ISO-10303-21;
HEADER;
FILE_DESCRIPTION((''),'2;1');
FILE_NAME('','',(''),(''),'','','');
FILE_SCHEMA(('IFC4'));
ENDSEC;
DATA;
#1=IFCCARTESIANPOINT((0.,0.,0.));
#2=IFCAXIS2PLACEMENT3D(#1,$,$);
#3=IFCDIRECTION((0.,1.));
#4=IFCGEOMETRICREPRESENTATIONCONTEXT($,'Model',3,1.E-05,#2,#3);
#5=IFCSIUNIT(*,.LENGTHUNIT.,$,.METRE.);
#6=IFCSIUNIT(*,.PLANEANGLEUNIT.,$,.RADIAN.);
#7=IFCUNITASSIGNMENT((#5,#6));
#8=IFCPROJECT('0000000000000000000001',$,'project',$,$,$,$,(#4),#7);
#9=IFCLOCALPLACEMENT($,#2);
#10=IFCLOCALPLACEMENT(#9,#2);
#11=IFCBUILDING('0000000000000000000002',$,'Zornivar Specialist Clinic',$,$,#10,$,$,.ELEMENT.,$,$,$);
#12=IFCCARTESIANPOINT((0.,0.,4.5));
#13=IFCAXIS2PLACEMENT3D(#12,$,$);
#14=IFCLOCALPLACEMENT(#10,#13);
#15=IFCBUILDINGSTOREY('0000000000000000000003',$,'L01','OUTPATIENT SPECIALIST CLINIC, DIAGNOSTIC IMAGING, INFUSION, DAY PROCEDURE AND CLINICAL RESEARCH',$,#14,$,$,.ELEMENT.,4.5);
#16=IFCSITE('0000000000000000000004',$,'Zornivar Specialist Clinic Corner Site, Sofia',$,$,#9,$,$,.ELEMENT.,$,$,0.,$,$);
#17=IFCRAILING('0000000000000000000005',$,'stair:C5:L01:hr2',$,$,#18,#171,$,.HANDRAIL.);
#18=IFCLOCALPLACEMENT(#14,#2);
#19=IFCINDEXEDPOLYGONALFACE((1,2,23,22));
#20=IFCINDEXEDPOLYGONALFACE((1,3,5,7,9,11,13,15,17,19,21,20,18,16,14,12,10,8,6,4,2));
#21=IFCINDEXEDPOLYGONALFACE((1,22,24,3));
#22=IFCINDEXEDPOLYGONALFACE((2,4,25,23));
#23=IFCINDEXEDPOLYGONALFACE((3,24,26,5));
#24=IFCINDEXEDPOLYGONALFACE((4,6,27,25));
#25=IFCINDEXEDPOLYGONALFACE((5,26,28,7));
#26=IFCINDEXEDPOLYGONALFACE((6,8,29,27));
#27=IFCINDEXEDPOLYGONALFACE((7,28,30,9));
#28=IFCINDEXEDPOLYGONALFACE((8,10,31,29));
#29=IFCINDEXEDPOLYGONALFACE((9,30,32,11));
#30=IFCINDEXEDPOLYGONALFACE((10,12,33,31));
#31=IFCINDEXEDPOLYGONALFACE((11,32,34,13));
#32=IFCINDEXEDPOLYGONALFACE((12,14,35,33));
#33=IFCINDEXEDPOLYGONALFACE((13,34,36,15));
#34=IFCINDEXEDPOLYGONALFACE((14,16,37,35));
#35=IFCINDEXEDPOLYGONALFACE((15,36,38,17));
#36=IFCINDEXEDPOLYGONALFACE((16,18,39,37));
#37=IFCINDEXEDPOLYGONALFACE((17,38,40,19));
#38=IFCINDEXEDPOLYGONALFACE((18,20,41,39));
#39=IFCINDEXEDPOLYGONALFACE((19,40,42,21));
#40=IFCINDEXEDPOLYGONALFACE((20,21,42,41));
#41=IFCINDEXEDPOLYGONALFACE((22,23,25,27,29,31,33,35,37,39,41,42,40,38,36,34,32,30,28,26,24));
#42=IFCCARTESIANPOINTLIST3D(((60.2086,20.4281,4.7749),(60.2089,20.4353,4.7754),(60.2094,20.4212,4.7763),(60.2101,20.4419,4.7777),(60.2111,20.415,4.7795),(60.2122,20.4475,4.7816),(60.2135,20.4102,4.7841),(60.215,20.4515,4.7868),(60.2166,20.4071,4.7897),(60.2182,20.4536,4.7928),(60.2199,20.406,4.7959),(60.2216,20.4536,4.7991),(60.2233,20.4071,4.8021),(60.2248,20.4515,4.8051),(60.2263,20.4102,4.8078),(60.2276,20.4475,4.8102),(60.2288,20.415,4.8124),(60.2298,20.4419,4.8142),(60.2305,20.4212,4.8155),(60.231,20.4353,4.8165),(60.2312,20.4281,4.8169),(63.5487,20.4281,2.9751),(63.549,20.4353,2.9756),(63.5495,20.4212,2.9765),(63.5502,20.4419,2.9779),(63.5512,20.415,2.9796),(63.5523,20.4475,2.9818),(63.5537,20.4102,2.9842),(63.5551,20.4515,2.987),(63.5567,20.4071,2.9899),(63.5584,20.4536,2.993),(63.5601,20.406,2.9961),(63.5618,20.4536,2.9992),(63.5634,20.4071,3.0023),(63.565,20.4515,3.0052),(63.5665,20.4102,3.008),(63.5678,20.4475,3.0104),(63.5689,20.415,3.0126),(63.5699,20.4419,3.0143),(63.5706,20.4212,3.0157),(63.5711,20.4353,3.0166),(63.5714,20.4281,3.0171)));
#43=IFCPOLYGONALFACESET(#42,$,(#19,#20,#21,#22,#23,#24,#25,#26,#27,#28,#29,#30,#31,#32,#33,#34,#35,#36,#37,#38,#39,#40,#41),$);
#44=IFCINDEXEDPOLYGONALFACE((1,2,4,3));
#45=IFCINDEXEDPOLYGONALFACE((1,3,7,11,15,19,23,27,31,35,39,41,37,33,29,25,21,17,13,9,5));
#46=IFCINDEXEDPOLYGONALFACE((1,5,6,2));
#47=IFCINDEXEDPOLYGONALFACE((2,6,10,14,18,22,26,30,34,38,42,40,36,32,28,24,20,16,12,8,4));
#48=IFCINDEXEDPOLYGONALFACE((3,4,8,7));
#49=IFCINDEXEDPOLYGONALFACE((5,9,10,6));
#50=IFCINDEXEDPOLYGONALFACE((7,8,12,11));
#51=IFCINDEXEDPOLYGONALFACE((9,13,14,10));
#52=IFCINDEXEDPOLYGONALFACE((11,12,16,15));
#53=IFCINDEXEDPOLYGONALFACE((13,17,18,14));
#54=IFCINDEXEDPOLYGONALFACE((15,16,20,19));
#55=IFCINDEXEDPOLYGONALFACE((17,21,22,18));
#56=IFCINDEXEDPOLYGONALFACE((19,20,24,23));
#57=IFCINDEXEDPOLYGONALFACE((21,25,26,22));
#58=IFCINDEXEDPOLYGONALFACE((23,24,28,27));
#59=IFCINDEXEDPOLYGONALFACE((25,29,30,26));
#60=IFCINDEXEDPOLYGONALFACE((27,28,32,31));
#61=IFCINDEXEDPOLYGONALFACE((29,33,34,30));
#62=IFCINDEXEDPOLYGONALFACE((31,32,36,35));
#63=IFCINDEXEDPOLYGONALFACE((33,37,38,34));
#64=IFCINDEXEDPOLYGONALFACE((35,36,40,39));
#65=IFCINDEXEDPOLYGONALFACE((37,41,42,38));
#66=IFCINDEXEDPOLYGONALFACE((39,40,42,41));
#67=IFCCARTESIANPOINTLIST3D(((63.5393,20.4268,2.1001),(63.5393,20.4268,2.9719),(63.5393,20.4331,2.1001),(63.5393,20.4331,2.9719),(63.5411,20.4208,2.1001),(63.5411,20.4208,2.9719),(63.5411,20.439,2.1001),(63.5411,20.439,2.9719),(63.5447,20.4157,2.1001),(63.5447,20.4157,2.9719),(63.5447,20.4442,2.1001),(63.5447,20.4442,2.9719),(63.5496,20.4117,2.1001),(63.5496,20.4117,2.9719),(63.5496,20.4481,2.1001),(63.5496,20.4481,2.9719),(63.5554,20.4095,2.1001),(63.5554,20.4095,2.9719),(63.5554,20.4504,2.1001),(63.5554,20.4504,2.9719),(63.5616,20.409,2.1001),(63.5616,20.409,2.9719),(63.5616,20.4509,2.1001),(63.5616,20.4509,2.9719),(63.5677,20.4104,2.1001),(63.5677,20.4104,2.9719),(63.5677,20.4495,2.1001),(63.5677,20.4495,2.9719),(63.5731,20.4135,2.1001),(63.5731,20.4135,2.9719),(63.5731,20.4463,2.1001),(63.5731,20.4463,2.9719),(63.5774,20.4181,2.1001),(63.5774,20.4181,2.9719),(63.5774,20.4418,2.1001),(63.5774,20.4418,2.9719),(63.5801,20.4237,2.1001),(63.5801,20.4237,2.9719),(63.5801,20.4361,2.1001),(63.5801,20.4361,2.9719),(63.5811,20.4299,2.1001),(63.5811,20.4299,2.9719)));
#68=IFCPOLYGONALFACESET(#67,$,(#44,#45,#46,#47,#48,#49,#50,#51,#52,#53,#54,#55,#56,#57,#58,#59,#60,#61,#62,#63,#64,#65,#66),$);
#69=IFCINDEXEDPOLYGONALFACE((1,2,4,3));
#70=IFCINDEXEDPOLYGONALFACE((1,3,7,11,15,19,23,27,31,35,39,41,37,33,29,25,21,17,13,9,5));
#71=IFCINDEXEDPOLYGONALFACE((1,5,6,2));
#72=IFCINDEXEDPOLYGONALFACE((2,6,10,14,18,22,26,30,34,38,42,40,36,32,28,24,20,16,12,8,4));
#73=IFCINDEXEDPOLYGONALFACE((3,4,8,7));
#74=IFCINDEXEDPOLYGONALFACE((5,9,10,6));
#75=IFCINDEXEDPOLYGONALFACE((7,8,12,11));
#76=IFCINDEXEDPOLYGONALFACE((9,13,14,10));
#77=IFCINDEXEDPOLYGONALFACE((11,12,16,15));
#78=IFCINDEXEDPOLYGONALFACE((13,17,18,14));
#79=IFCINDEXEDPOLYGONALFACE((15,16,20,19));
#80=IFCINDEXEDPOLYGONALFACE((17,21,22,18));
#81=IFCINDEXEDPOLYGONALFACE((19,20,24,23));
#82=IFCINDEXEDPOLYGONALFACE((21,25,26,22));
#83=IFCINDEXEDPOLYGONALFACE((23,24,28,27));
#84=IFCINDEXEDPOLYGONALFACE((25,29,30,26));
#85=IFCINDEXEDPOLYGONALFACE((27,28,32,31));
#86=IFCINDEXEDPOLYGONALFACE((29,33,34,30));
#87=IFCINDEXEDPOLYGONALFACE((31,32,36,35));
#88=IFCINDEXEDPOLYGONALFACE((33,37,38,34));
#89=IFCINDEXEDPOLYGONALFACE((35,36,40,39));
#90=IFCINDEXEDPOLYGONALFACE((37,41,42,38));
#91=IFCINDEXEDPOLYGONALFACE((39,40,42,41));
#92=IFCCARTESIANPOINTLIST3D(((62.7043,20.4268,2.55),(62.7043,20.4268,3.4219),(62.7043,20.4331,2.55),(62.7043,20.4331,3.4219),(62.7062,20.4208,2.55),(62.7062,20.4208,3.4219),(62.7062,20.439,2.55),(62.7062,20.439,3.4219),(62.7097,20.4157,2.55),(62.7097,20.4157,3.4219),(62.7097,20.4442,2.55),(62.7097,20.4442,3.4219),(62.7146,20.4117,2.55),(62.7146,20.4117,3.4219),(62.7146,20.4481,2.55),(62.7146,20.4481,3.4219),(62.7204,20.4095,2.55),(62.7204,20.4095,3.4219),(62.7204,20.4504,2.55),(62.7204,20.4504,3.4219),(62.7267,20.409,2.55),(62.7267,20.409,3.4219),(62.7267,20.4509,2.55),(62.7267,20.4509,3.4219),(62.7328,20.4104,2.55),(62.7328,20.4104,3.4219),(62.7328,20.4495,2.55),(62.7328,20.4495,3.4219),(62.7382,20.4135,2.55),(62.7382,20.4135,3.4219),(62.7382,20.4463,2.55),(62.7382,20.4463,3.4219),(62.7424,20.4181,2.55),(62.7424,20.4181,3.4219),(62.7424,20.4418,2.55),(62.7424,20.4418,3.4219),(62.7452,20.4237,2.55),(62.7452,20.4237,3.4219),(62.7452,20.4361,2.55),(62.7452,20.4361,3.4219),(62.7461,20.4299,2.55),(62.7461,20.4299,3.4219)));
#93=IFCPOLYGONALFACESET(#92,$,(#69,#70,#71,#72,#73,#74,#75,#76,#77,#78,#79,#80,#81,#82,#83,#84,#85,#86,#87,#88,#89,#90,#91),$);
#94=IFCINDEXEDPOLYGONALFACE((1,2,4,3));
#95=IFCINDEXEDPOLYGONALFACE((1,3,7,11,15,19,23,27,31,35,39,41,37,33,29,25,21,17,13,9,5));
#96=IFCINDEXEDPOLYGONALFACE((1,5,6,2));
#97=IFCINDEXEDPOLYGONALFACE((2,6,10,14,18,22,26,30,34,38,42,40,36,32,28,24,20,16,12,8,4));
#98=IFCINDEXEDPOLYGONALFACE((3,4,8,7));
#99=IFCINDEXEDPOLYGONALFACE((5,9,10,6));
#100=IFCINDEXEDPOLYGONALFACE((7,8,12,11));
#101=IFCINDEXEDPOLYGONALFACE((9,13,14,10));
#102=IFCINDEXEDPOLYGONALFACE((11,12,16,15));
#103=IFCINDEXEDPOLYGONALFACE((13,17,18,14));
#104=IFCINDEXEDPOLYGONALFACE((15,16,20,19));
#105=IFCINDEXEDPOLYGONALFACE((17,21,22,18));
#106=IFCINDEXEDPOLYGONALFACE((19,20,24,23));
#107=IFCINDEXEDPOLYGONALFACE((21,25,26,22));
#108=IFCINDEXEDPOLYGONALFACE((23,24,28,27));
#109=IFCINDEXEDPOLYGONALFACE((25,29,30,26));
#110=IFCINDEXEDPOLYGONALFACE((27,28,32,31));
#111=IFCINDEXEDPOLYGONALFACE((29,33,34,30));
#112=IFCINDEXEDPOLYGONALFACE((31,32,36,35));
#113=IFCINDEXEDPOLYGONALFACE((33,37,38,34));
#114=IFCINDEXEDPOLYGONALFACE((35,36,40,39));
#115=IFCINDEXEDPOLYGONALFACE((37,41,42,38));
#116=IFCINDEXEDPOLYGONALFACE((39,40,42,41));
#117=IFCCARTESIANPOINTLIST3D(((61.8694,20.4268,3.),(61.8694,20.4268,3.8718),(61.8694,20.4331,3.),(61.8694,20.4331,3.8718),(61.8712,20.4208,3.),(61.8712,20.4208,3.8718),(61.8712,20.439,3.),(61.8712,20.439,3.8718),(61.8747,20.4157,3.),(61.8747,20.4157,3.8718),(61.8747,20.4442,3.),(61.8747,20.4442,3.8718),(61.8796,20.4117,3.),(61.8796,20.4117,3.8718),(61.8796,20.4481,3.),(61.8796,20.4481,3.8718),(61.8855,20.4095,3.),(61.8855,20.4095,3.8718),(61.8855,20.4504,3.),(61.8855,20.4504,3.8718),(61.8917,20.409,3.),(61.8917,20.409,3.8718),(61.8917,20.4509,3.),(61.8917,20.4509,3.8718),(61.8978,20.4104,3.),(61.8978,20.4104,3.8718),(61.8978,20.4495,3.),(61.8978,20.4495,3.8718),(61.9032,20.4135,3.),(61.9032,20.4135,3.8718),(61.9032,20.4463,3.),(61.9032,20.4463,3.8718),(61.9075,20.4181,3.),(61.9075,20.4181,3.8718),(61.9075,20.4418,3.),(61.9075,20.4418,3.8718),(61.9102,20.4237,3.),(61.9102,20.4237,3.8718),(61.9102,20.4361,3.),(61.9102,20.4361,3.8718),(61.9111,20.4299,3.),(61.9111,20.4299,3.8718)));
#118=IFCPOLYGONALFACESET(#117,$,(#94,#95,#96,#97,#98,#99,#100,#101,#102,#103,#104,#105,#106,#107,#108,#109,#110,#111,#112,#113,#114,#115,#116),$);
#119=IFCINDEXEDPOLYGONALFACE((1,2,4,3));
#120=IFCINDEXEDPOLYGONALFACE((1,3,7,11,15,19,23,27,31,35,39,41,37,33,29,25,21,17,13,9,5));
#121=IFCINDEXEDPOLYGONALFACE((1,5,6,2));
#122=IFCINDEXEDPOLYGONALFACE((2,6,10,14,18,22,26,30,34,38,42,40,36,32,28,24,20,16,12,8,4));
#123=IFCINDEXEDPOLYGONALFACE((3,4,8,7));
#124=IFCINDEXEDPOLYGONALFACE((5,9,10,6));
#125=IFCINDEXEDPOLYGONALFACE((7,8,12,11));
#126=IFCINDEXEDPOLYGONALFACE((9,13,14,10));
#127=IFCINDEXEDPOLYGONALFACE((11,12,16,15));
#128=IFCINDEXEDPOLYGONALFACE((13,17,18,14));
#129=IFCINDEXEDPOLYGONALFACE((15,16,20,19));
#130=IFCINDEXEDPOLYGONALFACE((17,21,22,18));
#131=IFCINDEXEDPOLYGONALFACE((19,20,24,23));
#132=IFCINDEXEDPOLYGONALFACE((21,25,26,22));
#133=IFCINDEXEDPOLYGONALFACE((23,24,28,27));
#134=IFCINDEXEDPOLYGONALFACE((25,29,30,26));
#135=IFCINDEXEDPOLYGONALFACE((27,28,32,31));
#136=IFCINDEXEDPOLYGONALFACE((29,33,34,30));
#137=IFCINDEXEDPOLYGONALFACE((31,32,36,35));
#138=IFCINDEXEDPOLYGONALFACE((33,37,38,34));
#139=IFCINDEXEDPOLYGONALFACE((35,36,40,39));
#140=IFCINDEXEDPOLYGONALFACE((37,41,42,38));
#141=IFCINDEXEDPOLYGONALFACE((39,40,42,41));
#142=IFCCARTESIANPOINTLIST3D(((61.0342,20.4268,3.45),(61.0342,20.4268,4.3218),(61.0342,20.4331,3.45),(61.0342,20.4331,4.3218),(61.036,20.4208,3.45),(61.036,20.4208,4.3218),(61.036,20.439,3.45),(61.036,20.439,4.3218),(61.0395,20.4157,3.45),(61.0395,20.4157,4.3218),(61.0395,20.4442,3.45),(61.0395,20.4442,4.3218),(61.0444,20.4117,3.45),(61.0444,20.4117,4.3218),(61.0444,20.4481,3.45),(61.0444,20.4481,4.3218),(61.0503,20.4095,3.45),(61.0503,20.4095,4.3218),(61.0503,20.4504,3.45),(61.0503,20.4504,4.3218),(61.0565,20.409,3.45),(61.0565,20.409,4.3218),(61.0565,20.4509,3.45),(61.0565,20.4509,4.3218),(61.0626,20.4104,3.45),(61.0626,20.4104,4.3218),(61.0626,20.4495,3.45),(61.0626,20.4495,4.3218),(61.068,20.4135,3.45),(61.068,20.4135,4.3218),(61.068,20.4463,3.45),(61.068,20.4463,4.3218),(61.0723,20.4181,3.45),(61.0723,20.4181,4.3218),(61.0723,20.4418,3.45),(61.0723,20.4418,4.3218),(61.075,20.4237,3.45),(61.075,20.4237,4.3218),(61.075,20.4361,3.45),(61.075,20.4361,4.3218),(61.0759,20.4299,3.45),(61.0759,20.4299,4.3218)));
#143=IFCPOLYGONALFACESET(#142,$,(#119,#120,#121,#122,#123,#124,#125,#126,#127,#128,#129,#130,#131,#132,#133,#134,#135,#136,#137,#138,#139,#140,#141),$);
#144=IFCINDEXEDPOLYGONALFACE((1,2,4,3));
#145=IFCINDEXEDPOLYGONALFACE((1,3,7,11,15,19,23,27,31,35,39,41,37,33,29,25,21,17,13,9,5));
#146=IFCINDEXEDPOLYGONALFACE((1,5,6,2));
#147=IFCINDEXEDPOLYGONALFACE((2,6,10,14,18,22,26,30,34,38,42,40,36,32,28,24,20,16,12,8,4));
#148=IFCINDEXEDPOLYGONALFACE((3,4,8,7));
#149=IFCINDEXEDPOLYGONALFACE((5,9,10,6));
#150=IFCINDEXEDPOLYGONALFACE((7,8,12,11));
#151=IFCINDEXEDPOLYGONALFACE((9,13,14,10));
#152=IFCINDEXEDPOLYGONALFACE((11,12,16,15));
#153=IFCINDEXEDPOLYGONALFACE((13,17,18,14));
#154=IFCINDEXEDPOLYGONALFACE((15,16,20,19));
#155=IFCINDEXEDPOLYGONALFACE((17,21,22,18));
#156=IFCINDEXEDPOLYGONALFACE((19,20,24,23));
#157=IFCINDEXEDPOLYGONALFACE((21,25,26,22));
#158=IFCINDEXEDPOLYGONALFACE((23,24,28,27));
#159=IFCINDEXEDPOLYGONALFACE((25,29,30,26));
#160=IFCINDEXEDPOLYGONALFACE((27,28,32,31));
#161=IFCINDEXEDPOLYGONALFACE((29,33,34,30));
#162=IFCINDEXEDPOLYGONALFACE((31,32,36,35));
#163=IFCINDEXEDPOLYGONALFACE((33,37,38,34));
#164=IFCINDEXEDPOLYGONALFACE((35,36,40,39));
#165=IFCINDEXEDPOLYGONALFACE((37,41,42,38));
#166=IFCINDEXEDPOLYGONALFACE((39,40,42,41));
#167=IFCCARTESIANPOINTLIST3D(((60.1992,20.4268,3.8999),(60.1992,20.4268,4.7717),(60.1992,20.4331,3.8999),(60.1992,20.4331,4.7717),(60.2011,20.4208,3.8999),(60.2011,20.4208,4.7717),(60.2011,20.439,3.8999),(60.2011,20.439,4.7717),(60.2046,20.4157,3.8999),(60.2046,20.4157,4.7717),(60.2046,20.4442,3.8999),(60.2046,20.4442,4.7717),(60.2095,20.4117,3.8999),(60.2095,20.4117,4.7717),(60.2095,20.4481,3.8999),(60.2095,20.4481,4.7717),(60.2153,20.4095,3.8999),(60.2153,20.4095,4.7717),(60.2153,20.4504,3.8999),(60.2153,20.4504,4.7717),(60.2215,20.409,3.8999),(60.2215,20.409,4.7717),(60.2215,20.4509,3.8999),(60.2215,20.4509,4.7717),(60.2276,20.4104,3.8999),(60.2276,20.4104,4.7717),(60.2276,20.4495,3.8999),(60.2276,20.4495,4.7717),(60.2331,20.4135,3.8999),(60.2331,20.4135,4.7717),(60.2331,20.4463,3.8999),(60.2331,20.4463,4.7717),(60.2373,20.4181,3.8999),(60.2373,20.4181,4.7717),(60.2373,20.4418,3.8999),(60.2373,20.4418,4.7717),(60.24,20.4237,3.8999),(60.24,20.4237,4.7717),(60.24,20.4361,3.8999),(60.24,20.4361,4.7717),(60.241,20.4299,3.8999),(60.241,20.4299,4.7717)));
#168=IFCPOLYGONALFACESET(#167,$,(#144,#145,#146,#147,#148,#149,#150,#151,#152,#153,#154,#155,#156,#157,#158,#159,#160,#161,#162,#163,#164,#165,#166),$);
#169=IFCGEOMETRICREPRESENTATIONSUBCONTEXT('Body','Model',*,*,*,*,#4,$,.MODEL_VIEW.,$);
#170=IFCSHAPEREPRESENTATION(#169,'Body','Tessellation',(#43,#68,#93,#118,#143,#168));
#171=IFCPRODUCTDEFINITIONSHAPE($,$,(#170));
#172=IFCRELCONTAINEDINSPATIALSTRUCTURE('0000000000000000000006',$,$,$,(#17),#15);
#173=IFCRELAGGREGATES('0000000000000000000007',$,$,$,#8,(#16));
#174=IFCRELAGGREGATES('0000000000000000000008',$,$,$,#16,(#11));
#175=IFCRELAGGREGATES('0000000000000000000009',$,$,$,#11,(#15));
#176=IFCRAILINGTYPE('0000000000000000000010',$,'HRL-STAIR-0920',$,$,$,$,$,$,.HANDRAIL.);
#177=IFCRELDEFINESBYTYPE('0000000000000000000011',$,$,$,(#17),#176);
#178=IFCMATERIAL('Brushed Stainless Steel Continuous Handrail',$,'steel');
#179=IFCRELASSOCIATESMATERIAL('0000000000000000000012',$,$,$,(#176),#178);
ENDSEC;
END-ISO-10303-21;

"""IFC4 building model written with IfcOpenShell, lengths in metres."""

from ifc_helpers import new_model, si_unit, direction, frame, origin, origin_2d, place, context, subcontext, project, spatial, circle, extrude, material, type_object, element, save


model = new_model("IFC4")

# Units and contexts
model_context = context("Model", 3, precision=1e-05, world=origin(), true_north=direction((0.0, 1.0)))
body_context = subcontext(model_context, "Body", "Model", "MODEL_VIEW")
ifc_project = project(units=[si_unit("LENGTHUNIT", "METRE"), si_unit("PLANEANGLEUNIT", "RADIAN")], contexts=[model_context])

# Site, building, storey
site_placement = place(None, origin())
site = spatial("IfcSite", under=ifc_project, at=site_placement, Name="Zornivar Specialist Clinic Corner Site, Sofia", CompositionType="ELEMENT", RefElevation=0.0)
building_placement = place(site_placement, origin())
building = spatial("IfcBuilding", under=site, at=building_placement, Name="Zornivar Specialist Clinic", CompositionType="ELEMENT")
storey_placement = place(building_placement, frame((0.0, 0.0, 4.5)))
storey = spatial("IfcBuildingStorey", under=building, at=storey_placement, Name="L01", Description="OUTPATIENT SPECIALIST CLINIC, DIAGNOSTIC IMAGING, INFUSION, DAY PROCEDURE AND CLINICAL RESEARCH", CompositionType="ELEMENT", Elevation=4.5)

# Railing
ifc_material_1 = material(Name="Brushed Stainless Steel Continuous Handrail", Category="steel")
railing_type_1 = type_object("IfcRailingType", Name="HRL-STAIR-0920", PredefinedType="HANDRAIL", material=ifc_material_1)
railing_1_placement = place(storey_placement, frame((63.5601, 20.4299, 2.1001)))
element("IfcRailing", 1, at=railing_1_placement, inside=storey, type_object=railing_type_1, Name="stair:C5:L01:hr2", PredefinedType="HANDRAIL", context=body_context, shape_type="SweptSolid", body=[
    extrude(circle(Radius=0.0239, at=origin_2d()), frame((0.0, 0.0, 0.896), z_axis=(-0.880328, 0.0, 0.474365), x_axis=(0.0, -1.0, 0.0)), (0.0, 0.0, 1.0), 3.7942),
    extrude(circle(Radius=0.021, at=origin_2d()), origin(), (0.0, 0.0, 1.0), 0.8718),
    extrude(circle(Radius=0.021, at=origin_2d()), frame((-0.835, 0.0, 0.45)), (0.0, 0.0, 1.0), 0.8718),
    extrude(circle(Radius=0.021, at=origin_2d()), frame((-1.6699, 0.0, 0.8999)), (0.0, 0.0, 1.0), 0.8718),
    extrude(circle(Radius=0.021, at=origin_2d()), frame((-2.5051, 0.0, 1.3499)), (0.0, 0.0, 1.0), 0.8718),
    extrude(circle(Radius=0.021, at=origin_2d()), frame((-3.3401, 0.0, 1.7998)), (0.0, 0.0, 1.0), 0.8718),
])

save(model, "model.ifc")
